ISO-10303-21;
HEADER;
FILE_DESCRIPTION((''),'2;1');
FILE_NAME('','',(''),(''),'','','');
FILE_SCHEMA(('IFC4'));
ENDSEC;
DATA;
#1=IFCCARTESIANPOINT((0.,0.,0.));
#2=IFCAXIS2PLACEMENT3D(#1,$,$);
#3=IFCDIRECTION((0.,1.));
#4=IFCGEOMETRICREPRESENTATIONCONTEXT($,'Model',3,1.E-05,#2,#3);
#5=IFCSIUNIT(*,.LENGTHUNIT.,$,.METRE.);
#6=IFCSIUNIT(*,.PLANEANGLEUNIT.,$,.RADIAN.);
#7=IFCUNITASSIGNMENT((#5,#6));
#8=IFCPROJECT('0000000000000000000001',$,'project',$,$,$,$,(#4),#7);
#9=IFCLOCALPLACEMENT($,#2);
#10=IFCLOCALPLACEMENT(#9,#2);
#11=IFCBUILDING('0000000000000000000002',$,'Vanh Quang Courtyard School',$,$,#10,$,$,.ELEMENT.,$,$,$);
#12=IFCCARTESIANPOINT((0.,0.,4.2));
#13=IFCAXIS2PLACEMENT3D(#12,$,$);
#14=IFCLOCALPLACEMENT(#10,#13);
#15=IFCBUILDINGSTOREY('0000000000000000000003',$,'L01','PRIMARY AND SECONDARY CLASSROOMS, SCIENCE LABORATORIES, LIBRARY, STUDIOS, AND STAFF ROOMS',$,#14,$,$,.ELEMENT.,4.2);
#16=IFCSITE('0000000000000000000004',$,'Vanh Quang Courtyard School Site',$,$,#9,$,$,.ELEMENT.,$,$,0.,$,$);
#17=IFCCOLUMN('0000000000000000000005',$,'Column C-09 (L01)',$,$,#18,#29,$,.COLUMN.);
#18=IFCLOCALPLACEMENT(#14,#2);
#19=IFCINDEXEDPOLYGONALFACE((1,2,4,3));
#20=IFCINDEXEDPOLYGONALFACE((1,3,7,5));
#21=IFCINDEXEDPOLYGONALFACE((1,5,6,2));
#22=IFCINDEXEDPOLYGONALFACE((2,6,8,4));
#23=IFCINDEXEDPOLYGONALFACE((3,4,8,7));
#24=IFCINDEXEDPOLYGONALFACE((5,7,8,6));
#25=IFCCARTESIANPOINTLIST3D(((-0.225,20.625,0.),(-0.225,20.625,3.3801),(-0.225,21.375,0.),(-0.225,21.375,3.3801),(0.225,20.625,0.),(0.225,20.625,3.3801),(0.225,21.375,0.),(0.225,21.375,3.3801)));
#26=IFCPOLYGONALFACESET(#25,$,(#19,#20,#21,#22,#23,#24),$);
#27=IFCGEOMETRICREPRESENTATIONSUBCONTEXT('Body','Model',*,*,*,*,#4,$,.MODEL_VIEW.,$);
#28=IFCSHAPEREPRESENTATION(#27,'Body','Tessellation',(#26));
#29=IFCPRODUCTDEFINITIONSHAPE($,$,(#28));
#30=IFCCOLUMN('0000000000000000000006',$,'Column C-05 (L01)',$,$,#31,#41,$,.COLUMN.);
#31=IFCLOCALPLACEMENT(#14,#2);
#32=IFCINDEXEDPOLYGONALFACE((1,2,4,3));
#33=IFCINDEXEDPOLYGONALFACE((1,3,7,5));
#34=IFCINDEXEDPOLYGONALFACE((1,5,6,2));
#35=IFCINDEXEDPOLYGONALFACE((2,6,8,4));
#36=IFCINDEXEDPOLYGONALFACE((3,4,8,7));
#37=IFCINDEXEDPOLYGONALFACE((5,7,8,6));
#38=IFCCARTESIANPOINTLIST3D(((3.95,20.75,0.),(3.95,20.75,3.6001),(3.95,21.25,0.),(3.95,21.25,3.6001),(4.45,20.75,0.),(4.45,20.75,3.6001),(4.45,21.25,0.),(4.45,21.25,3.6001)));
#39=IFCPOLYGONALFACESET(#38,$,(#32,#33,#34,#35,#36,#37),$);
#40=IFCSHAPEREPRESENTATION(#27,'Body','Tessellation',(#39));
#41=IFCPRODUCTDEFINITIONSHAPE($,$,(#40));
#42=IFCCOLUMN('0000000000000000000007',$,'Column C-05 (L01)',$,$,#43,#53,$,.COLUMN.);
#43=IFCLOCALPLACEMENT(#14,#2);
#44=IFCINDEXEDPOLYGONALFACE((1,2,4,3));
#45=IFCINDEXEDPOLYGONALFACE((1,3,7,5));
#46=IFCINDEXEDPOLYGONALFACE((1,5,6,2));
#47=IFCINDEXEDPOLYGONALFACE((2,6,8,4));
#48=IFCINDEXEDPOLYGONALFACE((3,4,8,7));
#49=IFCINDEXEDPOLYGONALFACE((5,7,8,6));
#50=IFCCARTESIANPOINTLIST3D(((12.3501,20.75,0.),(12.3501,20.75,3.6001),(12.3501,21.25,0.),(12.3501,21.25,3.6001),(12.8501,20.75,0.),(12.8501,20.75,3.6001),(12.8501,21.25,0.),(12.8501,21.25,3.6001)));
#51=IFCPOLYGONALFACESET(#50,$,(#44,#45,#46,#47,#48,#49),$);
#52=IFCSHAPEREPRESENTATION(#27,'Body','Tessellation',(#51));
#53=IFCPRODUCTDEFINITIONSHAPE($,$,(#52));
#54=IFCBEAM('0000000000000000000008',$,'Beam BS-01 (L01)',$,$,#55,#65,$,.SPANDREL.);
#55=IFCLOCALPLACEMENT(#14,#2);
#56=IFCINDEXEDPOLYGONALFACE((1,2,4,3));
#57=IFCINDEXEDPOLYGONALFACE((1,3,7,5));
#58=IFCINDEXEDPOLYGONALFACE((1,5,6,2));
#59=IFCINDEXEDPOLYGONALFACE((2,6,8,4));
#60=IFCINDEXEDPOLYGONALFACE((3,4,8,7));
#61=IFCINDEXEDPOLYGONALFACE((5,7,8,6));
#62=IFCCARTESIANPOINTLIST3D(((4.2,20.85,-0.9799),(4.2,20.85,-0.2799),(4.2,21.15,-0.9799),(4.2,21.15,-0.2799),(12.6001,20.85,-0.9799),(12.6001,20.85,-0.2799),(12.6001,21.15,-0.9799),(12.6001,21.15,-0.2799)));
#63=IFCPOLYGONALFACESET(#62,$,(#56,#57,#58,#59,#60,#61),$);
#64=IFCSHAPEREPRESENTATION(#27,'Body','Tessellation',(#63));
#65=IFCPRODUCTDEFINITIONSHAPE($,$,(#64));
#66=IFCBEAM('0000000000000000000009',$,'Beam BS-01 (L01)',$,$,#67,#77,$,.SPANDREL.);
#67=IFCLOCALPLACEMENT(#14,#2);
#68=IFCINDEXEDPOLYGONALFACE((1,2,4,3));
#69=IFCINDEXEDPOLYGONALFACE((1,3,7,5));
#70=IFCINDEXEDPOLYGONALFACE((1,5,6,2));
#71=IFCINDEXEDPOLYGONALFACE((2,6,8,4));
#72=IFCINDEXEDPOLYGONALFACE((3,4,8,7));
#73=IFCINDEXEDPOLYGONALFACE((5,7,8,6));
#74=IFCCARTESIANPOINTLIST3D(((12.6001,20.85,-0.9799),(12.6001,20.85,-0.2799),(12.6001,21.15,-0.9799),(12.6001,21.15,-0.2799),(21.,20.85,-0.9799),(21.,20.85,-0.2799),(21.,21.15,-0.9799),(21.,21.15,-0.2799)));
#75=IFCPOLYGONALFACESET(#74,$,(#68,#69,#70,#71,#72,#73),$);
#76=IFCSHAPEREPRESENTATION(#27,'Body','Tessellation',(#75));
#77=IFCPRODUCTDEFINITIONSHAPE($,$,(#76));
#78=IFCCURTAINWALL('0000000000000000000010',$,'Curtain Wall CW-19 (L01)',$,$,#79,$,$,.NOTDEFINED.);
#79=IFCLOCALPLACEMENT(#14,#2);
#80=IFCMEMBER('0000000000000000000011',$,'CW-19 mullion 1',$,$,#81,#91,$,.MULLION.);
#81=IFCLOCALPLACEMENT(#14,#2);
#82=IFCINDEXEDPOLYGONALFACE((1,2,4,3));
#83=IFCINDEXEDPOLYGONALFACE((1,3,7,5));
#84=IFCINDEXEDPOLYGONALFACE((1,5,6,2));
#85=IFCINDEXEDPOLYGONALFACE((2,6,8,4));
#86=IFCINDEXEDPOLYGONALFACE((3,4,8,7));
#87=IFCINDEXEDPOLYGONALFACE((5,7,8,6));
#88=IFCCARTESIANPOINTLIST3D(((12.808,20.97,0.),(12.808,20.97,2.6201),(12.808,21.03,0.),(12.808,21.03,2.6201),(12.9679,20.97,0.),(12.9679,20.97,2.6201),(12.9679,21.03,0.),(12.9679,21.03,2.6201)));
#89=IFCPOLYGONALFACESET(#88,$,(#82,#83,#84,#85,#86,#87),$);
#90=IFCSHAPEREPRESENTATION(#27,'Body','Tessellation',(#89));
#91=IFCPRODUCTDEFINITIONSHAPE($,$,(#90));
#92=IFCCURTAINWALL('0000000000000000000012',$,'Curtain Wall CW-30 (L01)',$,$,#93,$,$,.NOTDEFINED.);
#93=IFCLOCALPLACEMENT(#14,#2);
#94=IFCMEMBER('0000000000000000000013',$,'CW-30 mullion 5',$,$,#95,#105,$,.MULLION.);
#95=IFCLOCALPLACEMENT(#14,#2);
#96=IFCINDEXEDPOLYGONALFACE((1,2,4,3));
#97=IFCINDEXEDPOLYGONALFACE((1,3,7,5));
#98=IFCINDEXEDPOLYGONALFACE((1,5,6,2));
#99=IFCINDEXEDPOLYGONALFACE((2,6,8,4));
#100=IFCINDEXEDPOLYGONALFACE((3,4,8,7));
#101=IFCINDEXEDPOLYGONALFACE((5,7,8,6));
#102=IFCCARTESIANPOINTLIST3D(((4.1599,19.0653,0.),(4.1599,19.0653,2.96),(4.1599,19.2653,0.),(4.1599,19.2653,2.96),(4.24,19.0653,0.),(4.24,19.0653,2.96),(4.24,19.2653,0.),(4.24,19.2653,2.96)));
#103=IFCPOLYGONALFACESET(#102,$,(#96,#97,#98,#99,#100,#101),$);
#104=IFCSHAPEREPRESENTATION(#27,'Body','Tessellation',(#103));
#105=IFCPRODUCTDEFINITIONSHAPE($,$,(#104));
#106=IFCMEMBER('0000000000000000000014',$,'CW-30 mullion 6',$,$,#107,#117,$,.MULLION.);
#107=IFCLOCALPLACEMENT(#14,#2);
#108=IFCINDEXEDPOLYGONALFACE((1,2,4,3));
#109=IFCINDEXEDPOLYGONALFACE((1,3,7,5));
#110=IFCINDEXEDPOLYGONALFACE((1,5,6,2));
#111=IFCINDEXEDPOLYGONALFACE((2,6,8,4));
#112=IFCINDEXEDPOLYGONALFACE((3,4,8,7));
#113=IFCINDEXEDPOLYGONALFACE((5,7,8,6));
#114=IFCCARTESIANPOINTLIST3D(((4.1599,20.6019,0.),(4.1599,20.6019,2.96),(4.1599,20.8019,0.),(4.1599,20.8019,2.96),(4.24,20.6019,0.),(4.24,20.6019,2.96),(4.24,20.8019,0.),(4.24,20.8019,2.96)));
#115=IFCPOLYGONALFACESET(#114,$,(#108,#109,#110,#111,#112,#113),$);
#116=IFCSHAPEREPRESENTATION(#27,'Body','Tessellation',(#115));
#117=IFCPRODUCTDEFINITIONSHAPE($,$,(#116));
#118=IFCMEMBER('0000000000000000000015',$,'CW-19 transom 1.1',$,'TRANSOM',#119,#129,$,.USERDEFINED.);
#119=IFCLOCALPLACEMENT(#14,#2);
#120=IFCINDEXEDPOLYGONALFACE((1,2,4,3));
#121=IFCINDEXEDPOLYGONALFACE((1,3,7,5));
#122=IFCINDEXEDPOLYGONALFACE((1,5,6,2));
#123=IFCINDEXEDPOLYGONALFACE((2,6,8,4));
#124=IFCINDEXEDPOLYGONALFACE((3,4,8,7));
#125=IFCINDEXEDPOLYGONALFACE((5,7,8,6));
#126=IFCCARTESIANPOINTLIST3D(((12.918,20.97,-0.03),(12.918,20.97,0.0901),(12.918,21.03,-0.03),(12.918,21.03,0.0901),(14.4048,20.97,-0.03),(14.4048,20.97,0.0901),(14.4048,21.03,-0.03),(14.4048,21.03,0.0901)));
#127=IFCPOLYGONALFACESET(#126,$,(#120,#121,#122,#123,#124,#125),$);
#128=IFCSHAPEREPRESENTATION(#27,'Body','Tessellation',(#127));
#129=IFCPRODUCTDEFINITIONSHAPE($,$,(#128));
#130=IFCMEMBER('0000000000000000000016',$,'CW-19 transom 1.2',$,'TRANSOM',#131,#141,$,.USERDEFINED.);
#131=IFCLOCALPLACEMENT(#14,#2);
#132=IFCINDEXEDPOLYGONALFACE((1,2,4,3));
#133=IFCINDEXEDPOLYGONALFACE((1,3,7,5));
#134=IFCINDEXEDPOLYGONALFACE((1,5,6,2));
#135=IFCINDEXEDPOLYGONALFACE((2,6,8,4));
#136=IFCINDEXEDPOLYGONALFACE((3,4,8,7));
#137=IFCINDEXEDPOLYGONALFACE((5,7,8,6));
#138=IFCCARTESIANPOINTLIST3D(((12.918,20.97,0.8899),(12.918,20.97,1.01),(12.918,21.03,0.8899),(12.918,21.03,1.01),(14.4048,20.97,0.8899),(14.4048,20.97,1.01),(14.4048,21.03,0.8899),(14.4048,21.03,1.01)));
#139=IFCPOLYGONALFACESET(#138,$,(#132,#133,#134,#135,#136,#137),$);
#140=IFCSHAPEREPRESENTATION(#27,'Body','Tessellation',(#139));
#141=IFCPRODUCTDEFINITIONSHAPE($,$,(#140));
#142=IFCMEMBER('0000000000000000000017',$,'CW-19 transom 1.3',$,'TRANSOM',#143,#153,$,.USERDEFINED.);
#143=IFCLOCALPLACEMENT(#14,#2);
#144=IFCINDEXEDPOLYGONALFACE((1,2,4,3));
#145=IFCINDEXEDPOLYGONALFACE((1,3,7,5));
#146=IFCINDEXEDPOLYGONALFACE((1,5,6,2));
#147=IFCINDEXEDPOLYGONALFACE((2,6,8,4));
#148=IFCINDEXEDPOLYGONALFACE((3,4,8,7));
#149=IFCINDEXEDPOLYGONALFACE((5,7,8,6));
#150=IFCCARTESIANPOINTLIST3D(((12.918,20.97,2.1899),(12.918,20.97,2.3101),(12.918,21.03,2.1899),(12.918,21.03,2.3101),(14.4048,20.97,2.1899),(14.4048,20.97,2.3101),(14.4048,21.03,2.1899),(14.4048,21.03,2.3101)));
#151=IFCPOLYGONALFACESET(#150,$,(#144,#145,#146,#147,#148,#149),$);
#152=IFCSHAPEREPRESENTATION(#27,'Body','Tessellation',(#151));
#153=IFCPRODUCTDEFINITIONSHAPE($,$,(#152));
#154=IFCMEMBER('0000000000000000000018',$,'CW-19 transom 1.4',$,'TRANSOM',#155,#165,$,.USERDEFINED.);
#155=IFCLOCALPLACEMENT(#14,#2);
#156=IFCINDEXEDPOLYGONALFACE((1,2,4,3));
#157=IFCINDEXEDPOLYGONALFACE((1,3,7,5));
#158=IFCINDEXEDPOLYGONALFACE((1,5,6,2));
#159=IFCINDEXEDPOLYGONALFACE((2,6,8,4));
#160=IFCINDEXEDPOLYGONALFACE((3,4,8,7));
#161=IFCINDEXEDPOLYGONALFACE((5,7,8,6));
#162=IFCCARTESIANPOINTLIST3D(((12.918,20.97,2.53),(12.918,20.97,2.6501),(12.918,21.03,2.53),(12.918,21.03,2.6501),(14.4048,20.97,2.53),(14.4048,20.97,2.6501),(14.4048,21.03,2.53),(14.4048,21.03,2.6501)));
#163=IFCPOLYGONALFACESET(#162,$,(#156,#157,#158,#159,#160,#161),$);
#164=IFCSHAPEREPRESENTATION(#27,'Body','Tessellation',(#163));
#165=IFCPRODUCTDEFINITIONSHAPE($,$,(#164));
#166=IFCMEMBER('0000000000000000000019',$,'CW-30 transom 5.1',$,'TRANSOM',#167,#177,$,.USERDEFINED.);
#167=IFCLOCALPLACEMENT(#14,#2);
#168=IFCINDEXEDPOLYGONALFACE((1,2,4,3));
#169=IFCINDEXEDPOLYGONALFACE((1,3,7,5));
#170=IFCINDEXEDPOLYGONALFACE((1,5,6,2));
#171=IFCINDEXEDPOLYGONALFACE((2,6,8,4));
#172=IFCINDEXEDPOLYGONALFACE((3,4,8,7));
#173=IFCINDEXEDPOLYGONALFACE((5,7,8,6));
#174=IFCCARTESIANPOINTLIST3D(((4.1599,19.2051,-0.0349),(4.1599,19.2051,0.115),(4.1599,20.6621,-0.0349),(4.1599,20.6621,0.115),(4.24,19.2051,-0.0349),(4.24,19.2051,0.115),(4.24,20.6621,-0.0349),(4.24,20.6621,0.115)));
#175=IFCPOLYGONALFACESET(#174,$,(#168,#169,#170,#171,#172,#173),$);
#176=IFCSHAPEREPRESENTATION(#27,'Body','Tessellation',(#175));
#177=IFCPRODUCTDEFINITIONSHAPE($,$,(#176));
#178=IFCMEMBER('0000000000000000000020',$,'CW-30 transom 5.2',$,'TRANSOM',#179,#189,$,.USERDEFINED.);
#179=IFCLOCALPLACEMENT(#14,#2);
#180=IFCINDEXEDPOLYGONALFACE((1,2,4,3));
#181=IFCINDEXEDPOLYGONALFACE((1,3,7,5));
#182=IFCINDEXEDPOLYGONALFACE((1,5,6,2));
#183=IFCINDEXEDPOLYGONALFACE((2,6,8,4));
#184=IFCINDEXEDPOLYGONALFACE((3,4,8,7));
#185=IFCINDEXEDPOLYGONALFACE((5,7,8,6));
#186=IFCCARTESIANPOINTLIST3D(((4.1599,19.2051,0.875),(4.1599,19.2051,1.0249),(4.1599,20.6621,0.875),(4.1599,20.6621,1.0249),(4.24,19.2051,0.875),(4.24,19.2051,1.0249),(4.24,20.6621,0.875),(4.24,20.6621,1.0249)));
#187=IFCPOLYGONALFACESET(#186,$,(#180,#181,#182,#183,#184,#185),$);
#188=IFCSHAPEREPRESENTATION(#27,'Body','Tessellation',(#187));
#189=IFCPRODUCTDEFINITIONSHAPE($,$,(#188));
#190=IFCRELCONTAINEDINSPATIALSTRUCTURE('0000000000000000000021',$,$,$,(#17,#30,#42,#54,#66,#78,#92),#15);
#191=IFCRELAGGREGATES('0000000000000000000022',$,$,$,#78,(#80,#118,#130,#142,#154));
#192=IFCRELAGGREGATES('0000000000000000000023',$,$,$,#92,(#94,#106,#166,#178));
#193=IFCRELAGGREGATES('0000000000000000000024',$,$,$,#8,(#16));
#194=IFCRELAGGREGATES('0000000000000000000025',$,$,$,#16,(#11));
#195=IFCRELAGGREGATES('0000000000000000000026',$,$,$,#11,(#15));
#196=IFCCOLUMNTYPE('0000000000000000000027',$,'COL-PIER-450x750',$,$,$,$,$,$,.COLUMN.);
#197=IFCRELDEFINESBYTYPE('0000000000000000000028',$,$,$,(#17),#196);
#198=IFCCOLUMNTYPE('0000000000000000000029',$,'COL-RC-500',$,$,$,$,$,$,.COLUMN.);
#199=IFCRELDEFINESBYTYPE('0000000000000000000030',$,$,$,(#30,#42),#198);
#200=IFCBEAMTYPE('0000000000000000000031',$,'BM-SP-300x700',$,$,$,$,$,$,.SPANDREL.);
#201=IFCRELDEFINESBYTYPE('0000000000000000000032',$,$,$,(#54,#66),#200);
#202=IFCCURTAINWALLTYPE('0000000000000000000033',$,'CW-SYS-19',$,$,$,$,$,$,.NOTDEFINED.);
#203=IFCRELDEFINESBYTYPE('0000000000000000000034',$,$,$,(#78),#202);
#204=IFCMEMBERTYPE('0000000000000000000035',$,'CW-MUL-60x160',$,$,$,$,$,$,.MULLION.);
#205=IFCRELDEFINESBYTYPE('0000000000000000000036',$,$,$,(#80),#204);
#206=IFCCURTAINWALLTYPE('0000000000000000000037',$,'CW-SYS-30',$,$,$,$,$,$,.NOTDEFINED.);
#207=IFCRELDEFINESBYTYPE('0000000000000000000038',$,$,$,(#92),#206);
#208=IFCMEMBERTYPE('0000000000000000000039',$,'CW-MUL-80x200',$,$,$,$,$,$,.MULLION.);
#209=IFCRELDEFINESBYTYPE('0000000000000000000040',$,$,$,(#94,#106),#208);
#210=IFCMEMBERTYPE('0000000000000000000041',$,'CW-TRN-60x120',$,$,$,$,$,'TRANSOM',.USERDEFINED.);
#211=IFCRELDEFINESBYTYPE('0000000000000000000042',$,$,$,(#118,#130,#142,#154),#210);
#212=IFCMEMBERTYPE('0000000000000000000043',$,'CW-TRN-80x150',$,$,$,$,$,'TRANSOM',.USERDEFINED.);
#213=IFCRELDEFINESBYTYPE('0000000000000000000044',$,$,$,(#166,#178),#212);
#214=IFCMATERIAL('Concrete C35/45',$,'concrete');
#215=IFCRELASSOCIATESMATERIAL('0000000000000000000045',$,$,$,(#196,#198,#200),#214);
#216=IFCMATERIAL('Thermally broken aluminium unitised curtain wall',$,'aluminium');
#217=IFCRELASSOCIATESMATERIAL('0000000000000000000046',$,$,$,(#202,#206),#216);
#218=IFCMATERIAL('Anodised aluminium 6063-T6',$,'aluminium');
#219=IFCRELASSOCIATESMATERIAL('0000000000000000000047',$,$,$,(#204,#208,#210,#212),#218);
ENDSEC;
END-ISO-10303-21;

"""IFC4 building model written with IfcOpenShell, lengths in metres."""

from ifc_helpers import new_model, si_unit, direction, frame, origin, origin_2d, place, context, subcontext, project, spatial, rectangle, extrude, material, material_profile, profile_set, type_object, element, aggregate, save


model = new_model("IFC4")

# Units and contexts
model_context = context("Model", 3, precision=1e-05, world=origin(), true_north=direction((0.0, 1.0)))
body_context = subcontext(model_context, "Body", "Model", "MODEL_VIEW")
ifc_project = project(units=[si_unit("LENGTHUNIT", "METRE"), si_unit("PLANEANGLEUNIT", "RADIAN")], contexts=[model_context])

# Site, building, storey
site_placement = place(None, origin())
site = spatial("IfcSite", under=ifc_project, at=site_placement, Name="Vanh Quang Courtyard School Site", CompositionType="ELEMENT", RefElevation=0.0)
building_placement = place(site_placement, origin())
building = spatial("IfcBuilding", under=site, at=building_placement, Name="Vanh Quang Courtyard School", CompositionType="ELEMENT")
storey_placement = place(building_placement, frame((0.0, 0.0, 4.2)))
storey = spatial("IfcBuildingStorey", under=building, at=storey_placement, Name="L01", Description="PRIMARY AND SECONDARY CLASSROOMS, SCIENCE LABORATORIES, LIBRARY, STUDIOS, AND STAFF ROOMS", CompositionType="ELEMENT", Elevation=4.2)

# Columns
ifc_material_1 = material(Name="Concrete C35/45", Category="concrete")
ifc_material_profile_1 = material_profile(ifc_material_1, rectangle(XDim=0.45, YDim=0.75, at=origin_2d()), Name="RC-PIER 450x750")
ifc_profile_set_1 = profile_set([ifc_material_profile_1], Name="Concrete C35/45")
column_type_1 = type_object("IfcColumnType", Name="COL-PIER-450x750", PredefinedType="COLUMN", material=ifc_profile_set_1)
column_placement = place(storey_placement, frame((0.0, 21.0, 0.0), z_axis=(0.0, 0.0, 1.0), x_axis=(1.0, 0.0, 0.0)))
element("IfcColumn", 1, at=column_placement, inside=storey, type_object=column_type_1, Name="Column C-09 (L01)", PredefinedType="COLUMN", context=body_context, shape_type="SweptSolid", body=[
    extrude(rectangle(XDim=0.45, YDim=0.75, at=origin_2d()), origin(), (0.0, 0.0, 1.0), 3.3801),
])
ifc_material_profile_2 = material_profile(ifc_material_1, rectangle(XDim=0.5, YDim=0.5, at=origin_2d()), Name="RC-COL 500x500")
ifc_profile_set_2 = profile_set([ifc_material_profile_2], Name="Concrete C35/45")
column_type_2 = type_object("IfcColumnType", Name="COL-RC-500", PredefinedType="COLUMN", material=ifc_profile_set_2)
for number, where, z_axis, x_axis, name in (
    (2, (4.2, 21.0, 0.0), (0.0, 0.0, 1.0), (1.0, 0.0, 0.0), "Column C-05 (L01)"),
    (3, (12.6001, 21.0, 0.0), (0.0, 0.0, 1.0), (1.0, 0.0, 0.0), "Column C-05 (L01)"),
):
    element("IfcColumn", number, at=place(storey_placement, frame(where, z_axis=z_axis, x_axis=x_axis)), inside=storey, type_object=column_type_2, Name=name, PredefinedType="COLUMN", context=body_context, shape_type="SweptSolid", body=[
        extrude(rectangle(XDim=0.5, YDim=0.5, at=origin_2d()), origin(), (0.0, 0.0, 1.0), 3.6001),
    ])

# Beams
ifc_material_profile_3 = material_profile(ifc_material_1, rectangle(XDim=0.3, YDim=0.7, at=origin_2d()), Name="RC-SP 300x700")
ifc_profile_set_3 = profile_set([ifc_material_profile_3], Name="Concrete C35/45")
beam_type_1 = type_object("IfcBeamType", Name="BM-SP-300x700", PredefinedType="SPANDREL", material=ifc_profile_set_3)
beam_1_placement = place(storey_placement, frame((4.2, 21.0, -0.6299), z_axis=(1.0, 0.0, 0.0), x_axis=(0.0, 1.0, 0.0)))
element("IfcBeam", 4, at=beam_1_placement, inside=storey, type_object=beam_type_1, Name="Beam BS-01 (L01)", PredefinedType="SPANDREL", context=body_context, shape_type="SweptSolid", body=[
    extrude(rectangle(XDim=0.3, YDim=0.7, at=origin_2d()), origin(), (0.0, 0.0, 1.0), 8.4001),
])
beam_2_placement = place(storey_placement, frame((12.6001, 21.0, -0.6299), z_axis=(1.0, 0.0, 0.0), x_axis=(0.0, 1.0, 0.0)))
element("IfcBeam", 5, at=beam_2_placement, inside=storey, type_object=beam_type_1, Name="Beam BS-01 (L01)", PredefinedType="SPANDREL", context=body_context, shape_type="SweptSolid", body=[
    extrude(rectangle(XDim=0.3, YDim=0.7, at=origin_2d()), origin(), (0.0, 0.0, 1.0), 8.3999),
])

# Curtain wall, member
ifc_material_2 = material(Name="Thermally broken aluminium unitised curtain wall", Category="aluminium")
curtain_wall_type_1 = type_object("IfcCurtainWallType", Name="CW-SYS-19", PredefinedType="NOTDEFINED", material=ifc_material_2)
curtain_wall_1_placement = place(storey_placement, origin())
curtain_wall_1 = element("IfcCurtainWall", 6, at=curtain_wall_1_placement, inside=storey, type_object=curtain_wall_type_1, Name="Curtain Wall CW-19 (L01)", PredefinedType="NOTDEFINED")
ifc_material_3 = material(Name="Anodised aluminium 6063-T6", Category="aluminium")
ifc_material_profile_4 = material_profile(ifc_material_3, rectangle(XDim=0.0601, YDim=0.1599, at=origin_2d()), Name="ALU-MUL 60x160")
ifc_profile_set_4 = profile_set([ifc_material_profile_4], Name="Anodised aluminium 6063-T6")
member_type_1 = type_object("IfcMemberType", Name="CW-MUL-60x160", PredefinedType="MULLION", material=ifc_profile_set_4)
member_1_placement = place(storey_placement, frame((12.8879, 21.0, 0.0), z_axis=(0.0, 0.0, 1.0), x_axis=(0.0, 1.0, 0.0)))
member_1 = element("IfcMember", 7, at=member_1_placement, type_object=member_type_1, Name="CW-19 mullion 1", PredefinedType="MULLION", context=body_context, shape_type="SweptSolid", body=[
    extrude(rectangle(XDim=0.0601, YDim=0.1599, at=origin_2d()), origin(), (0.0, 0.0, 1.0), 2.6201),
])

# Curtain wall, members
curtain_wall_type_2 = type_object("IfcCurtainWallType", Name="CW-SYS-30", PredefinedType="NOTDEFINED", material=ifc_material_2)
curtain_wall_2_placement = place(storey_placement, origin())
curtain_wall_2 = element("IfcCurtainWall", 8, at=curtain_wall_2_placement, inside=storey, type_object=curtain_wall_type_2, Name="Curtain Wall CW-30 (L01)", PredefinedType="NOTDEFINED")
ifc_material_profile_5 = material_profile(ifc_material_3, rectangle(XDim=0.0801, YDim=0.2, at=origin_2d()), Name="ALU-MUL 80x200")
ifc_profile_set_5 = profile_set([ifc_material_profile_5], Name="Anodised aluminium 6063-T6")
member_type_2 = type_object("IfcMemberType", Name="CW-MUL-80x200", PredefinedType="MULLION", material=ifc_profile_set_5)
member_2_placement = place(storey_placement, frame((4.2, 19.1653, 0.0), z_axis=(0.0, 0.0, 1.0), x_axis=(-1.0, 0.0, 0.0)))
member_2 = element("IfcMember", 9, at=member_2_placement, type_object=member_type_2, Name="CW-30 mullion 5", PredefinedType="MULLION", context=body_context, shape_type="SweptSolid", body=[
    extrude(rectangle(XDim=0.0801, YDim=0.2, at=origin_2d()), origin(), (0.0, 0.0, 1.0), 2.96),
])
member_3_placement = place(storey_placement, frame((4.2, 20.7019, 0.0), z_axis=(0.0, 0.0, 1.0), x_axis=(-1.0, 0.0, 0.0)))
member_3 = element("IfcMember", 10, at=member_3_placement, type_object=member_type_2, Name="CW-30 mullion 6", PredefinedType="MULLION", context=body_context, shape_type="SweptSolid", body=[
    extrude(rectangle(XDim=0.0801, YDim=0.2, at=origin_2d()), origin(), (0.0, 0.0, 1.0), 2.96),
])

# Members
ifc_material_profile_6 = material_profile(ifc_material_3, rectangle(XDim=0.0601, YDim=0.1201, at=origin_2d()), Name="ALU-TRN 60x120")
ifc_profile_set_6 = profile_set([ifc_material_profile_6], Name="Anodised aluminium 6063-T6")
member_type_3 = type_object("IfcMemberType", Name="CW-TRN-60x120", ElementType="TRANSOM", PredefinedType="USERDEFINED", material=ifc_profile_set_6)
member_4_placement = place(storey_placement, frame((12.918, 21.0, 0.03), z_axis=(1.0, 0.0, 0.0), x_axis=(0.0, 1.0, 0.0)))
member_4 = element("IfcMember", 11, at=member_4_placement, type_object=member_type_3, Name="CW-19 transom 1.1", ObjectType="TRANSOM", PredefinedType="USERDEFINED", context=body_context, shape_type="SweptSolid", body=[
    extrude(rectangle(XDim=0.0601, YDim=0.1201, at=origin_2d()), origin(), (0.0, 0.0, 1.0), 1.4868),
])
member_5_placement = place(storey_placement, frame((12.918, 21.0, 0.95), z_axis=(1.0, 0.0, 0.0), x_axis=(0.0, 1.0, 0.0)))
member_5 = element("IfcMember", 12, at=member_5_placement, type_object=member_type_3, Name="CW-19 transom 1.2", ObjectType="TRANSOM", PredefinedType="USERDEFINED", context=body_context, shape_type="SweptSolid", body=[
    extrude(rectangle(XDim=0.0601, YDim=0.1201, at=origin_2d()), origin(), (0.0, 0.0, 1.0), 1.4868),
])
member_6_placement = place(storey_placement, frame((12.918, 21.0, 2.25), z_axis=(1.0, 0.0, 0.0), x_axis=(0.0, 1.0, 0.0)))
member_6 = element("IfcMember", 13, at=member_6_placement, type_object=member_type_3, Name="CW-19 transom 1.3", ObjectType="TRANSOM", PredefinedType="USERDEFINED", context=body_context, shape_type="SweptSolid", body=[
    extrude(rectangle(XDim=0.0601, YDim=0.1201, at=origin_2d()), origin(), (0.0, 0.0, 1.0), 1.4868),
])
member_7_placement = place(storey_placement, frame((12.918, 21.0, 2.5901), z_axis=(1.0, 0.0, 0.0), x_axis=(0.0, 1.0, 0.0)))
member_7 = element("IfcMember", 14, at=member_7_placement, type_object=member_type_3, Name="CW-19 transom 1.4", ObjectType="TRANSOM", PredefinedType="USERDEFINED", context=body_context, shape_type="SweptSolid", body=[
    extrude(rectangle(XDim=0.0601, YDim=0.1201, at=origin_2d()), origin(), (0.0, 0.0, 1.0), 1.4868),
])
ifc_material_profile_7 = material_profile(ifc_material_3, rectangle(XDim=0.0801, YDim=0.1499, at=origin_2d()), Name="ALU-TRN 80x150")
ifc_profile_set_7 = profile_set([ifc_material_profile_7], Name="Anodised aluminium 6063-T6")
member_type_4 = type_object("IfcMemberType", Name="CW-TRN-80x150", ElementType="TRANSOM", PredefinedType="USERDEFINED", material=ifc_profile_set_7)
member_8_placement = place(storey_placement, frame((4.2, 19.2051, 0.04), z_axis=(0.0, 1.0, 0.0), x_axis=(-1.0, 0.0, 0.0)))
member_8 = element("IfcMember", 15, at=member_8_placement, type_object=member_type_4, Name="CW-30 transom 5.1", ObjectType="TRANSOM", PredefinedType="USERDEFINED", context=body_context, shape_type="SweptSolid", body=[
    extrude(rectangle(XDim=0.0801, YDim=0.1499, at=origin_2d()), origin(), (0.0, 0.0, 1.0), 1.457),
])
member_9_placement = place(storey_placement, frame((4.2, 19.2051, 0.95), z_axis=(0.0, 1.0, 0.0), x_axis=(-1.0, 0.0, 0.0)))
member_9 = element("IfcMember", 16, at=member_9_placement, type_object=member_type_4, Name="CW-30 transom 5.2", ObjectType="TRANSOM", PredefinedType="USERDEFINED", context=body_context, shape_type="SweptSolid", body=[
    extrude(rectangle(XDim=0.0801, YDim=0.1499, at=origin_2d()), origin(), (0.0, 0.0, 1.0), 1.457),
])

aggregate(curtain_wall_1, [member_1, member_4, member_5, member_6, member_7])
aggregate(curtain_wall_2, [member_2, member_3, member_8, member_9])

save(model, "model.ifc")
